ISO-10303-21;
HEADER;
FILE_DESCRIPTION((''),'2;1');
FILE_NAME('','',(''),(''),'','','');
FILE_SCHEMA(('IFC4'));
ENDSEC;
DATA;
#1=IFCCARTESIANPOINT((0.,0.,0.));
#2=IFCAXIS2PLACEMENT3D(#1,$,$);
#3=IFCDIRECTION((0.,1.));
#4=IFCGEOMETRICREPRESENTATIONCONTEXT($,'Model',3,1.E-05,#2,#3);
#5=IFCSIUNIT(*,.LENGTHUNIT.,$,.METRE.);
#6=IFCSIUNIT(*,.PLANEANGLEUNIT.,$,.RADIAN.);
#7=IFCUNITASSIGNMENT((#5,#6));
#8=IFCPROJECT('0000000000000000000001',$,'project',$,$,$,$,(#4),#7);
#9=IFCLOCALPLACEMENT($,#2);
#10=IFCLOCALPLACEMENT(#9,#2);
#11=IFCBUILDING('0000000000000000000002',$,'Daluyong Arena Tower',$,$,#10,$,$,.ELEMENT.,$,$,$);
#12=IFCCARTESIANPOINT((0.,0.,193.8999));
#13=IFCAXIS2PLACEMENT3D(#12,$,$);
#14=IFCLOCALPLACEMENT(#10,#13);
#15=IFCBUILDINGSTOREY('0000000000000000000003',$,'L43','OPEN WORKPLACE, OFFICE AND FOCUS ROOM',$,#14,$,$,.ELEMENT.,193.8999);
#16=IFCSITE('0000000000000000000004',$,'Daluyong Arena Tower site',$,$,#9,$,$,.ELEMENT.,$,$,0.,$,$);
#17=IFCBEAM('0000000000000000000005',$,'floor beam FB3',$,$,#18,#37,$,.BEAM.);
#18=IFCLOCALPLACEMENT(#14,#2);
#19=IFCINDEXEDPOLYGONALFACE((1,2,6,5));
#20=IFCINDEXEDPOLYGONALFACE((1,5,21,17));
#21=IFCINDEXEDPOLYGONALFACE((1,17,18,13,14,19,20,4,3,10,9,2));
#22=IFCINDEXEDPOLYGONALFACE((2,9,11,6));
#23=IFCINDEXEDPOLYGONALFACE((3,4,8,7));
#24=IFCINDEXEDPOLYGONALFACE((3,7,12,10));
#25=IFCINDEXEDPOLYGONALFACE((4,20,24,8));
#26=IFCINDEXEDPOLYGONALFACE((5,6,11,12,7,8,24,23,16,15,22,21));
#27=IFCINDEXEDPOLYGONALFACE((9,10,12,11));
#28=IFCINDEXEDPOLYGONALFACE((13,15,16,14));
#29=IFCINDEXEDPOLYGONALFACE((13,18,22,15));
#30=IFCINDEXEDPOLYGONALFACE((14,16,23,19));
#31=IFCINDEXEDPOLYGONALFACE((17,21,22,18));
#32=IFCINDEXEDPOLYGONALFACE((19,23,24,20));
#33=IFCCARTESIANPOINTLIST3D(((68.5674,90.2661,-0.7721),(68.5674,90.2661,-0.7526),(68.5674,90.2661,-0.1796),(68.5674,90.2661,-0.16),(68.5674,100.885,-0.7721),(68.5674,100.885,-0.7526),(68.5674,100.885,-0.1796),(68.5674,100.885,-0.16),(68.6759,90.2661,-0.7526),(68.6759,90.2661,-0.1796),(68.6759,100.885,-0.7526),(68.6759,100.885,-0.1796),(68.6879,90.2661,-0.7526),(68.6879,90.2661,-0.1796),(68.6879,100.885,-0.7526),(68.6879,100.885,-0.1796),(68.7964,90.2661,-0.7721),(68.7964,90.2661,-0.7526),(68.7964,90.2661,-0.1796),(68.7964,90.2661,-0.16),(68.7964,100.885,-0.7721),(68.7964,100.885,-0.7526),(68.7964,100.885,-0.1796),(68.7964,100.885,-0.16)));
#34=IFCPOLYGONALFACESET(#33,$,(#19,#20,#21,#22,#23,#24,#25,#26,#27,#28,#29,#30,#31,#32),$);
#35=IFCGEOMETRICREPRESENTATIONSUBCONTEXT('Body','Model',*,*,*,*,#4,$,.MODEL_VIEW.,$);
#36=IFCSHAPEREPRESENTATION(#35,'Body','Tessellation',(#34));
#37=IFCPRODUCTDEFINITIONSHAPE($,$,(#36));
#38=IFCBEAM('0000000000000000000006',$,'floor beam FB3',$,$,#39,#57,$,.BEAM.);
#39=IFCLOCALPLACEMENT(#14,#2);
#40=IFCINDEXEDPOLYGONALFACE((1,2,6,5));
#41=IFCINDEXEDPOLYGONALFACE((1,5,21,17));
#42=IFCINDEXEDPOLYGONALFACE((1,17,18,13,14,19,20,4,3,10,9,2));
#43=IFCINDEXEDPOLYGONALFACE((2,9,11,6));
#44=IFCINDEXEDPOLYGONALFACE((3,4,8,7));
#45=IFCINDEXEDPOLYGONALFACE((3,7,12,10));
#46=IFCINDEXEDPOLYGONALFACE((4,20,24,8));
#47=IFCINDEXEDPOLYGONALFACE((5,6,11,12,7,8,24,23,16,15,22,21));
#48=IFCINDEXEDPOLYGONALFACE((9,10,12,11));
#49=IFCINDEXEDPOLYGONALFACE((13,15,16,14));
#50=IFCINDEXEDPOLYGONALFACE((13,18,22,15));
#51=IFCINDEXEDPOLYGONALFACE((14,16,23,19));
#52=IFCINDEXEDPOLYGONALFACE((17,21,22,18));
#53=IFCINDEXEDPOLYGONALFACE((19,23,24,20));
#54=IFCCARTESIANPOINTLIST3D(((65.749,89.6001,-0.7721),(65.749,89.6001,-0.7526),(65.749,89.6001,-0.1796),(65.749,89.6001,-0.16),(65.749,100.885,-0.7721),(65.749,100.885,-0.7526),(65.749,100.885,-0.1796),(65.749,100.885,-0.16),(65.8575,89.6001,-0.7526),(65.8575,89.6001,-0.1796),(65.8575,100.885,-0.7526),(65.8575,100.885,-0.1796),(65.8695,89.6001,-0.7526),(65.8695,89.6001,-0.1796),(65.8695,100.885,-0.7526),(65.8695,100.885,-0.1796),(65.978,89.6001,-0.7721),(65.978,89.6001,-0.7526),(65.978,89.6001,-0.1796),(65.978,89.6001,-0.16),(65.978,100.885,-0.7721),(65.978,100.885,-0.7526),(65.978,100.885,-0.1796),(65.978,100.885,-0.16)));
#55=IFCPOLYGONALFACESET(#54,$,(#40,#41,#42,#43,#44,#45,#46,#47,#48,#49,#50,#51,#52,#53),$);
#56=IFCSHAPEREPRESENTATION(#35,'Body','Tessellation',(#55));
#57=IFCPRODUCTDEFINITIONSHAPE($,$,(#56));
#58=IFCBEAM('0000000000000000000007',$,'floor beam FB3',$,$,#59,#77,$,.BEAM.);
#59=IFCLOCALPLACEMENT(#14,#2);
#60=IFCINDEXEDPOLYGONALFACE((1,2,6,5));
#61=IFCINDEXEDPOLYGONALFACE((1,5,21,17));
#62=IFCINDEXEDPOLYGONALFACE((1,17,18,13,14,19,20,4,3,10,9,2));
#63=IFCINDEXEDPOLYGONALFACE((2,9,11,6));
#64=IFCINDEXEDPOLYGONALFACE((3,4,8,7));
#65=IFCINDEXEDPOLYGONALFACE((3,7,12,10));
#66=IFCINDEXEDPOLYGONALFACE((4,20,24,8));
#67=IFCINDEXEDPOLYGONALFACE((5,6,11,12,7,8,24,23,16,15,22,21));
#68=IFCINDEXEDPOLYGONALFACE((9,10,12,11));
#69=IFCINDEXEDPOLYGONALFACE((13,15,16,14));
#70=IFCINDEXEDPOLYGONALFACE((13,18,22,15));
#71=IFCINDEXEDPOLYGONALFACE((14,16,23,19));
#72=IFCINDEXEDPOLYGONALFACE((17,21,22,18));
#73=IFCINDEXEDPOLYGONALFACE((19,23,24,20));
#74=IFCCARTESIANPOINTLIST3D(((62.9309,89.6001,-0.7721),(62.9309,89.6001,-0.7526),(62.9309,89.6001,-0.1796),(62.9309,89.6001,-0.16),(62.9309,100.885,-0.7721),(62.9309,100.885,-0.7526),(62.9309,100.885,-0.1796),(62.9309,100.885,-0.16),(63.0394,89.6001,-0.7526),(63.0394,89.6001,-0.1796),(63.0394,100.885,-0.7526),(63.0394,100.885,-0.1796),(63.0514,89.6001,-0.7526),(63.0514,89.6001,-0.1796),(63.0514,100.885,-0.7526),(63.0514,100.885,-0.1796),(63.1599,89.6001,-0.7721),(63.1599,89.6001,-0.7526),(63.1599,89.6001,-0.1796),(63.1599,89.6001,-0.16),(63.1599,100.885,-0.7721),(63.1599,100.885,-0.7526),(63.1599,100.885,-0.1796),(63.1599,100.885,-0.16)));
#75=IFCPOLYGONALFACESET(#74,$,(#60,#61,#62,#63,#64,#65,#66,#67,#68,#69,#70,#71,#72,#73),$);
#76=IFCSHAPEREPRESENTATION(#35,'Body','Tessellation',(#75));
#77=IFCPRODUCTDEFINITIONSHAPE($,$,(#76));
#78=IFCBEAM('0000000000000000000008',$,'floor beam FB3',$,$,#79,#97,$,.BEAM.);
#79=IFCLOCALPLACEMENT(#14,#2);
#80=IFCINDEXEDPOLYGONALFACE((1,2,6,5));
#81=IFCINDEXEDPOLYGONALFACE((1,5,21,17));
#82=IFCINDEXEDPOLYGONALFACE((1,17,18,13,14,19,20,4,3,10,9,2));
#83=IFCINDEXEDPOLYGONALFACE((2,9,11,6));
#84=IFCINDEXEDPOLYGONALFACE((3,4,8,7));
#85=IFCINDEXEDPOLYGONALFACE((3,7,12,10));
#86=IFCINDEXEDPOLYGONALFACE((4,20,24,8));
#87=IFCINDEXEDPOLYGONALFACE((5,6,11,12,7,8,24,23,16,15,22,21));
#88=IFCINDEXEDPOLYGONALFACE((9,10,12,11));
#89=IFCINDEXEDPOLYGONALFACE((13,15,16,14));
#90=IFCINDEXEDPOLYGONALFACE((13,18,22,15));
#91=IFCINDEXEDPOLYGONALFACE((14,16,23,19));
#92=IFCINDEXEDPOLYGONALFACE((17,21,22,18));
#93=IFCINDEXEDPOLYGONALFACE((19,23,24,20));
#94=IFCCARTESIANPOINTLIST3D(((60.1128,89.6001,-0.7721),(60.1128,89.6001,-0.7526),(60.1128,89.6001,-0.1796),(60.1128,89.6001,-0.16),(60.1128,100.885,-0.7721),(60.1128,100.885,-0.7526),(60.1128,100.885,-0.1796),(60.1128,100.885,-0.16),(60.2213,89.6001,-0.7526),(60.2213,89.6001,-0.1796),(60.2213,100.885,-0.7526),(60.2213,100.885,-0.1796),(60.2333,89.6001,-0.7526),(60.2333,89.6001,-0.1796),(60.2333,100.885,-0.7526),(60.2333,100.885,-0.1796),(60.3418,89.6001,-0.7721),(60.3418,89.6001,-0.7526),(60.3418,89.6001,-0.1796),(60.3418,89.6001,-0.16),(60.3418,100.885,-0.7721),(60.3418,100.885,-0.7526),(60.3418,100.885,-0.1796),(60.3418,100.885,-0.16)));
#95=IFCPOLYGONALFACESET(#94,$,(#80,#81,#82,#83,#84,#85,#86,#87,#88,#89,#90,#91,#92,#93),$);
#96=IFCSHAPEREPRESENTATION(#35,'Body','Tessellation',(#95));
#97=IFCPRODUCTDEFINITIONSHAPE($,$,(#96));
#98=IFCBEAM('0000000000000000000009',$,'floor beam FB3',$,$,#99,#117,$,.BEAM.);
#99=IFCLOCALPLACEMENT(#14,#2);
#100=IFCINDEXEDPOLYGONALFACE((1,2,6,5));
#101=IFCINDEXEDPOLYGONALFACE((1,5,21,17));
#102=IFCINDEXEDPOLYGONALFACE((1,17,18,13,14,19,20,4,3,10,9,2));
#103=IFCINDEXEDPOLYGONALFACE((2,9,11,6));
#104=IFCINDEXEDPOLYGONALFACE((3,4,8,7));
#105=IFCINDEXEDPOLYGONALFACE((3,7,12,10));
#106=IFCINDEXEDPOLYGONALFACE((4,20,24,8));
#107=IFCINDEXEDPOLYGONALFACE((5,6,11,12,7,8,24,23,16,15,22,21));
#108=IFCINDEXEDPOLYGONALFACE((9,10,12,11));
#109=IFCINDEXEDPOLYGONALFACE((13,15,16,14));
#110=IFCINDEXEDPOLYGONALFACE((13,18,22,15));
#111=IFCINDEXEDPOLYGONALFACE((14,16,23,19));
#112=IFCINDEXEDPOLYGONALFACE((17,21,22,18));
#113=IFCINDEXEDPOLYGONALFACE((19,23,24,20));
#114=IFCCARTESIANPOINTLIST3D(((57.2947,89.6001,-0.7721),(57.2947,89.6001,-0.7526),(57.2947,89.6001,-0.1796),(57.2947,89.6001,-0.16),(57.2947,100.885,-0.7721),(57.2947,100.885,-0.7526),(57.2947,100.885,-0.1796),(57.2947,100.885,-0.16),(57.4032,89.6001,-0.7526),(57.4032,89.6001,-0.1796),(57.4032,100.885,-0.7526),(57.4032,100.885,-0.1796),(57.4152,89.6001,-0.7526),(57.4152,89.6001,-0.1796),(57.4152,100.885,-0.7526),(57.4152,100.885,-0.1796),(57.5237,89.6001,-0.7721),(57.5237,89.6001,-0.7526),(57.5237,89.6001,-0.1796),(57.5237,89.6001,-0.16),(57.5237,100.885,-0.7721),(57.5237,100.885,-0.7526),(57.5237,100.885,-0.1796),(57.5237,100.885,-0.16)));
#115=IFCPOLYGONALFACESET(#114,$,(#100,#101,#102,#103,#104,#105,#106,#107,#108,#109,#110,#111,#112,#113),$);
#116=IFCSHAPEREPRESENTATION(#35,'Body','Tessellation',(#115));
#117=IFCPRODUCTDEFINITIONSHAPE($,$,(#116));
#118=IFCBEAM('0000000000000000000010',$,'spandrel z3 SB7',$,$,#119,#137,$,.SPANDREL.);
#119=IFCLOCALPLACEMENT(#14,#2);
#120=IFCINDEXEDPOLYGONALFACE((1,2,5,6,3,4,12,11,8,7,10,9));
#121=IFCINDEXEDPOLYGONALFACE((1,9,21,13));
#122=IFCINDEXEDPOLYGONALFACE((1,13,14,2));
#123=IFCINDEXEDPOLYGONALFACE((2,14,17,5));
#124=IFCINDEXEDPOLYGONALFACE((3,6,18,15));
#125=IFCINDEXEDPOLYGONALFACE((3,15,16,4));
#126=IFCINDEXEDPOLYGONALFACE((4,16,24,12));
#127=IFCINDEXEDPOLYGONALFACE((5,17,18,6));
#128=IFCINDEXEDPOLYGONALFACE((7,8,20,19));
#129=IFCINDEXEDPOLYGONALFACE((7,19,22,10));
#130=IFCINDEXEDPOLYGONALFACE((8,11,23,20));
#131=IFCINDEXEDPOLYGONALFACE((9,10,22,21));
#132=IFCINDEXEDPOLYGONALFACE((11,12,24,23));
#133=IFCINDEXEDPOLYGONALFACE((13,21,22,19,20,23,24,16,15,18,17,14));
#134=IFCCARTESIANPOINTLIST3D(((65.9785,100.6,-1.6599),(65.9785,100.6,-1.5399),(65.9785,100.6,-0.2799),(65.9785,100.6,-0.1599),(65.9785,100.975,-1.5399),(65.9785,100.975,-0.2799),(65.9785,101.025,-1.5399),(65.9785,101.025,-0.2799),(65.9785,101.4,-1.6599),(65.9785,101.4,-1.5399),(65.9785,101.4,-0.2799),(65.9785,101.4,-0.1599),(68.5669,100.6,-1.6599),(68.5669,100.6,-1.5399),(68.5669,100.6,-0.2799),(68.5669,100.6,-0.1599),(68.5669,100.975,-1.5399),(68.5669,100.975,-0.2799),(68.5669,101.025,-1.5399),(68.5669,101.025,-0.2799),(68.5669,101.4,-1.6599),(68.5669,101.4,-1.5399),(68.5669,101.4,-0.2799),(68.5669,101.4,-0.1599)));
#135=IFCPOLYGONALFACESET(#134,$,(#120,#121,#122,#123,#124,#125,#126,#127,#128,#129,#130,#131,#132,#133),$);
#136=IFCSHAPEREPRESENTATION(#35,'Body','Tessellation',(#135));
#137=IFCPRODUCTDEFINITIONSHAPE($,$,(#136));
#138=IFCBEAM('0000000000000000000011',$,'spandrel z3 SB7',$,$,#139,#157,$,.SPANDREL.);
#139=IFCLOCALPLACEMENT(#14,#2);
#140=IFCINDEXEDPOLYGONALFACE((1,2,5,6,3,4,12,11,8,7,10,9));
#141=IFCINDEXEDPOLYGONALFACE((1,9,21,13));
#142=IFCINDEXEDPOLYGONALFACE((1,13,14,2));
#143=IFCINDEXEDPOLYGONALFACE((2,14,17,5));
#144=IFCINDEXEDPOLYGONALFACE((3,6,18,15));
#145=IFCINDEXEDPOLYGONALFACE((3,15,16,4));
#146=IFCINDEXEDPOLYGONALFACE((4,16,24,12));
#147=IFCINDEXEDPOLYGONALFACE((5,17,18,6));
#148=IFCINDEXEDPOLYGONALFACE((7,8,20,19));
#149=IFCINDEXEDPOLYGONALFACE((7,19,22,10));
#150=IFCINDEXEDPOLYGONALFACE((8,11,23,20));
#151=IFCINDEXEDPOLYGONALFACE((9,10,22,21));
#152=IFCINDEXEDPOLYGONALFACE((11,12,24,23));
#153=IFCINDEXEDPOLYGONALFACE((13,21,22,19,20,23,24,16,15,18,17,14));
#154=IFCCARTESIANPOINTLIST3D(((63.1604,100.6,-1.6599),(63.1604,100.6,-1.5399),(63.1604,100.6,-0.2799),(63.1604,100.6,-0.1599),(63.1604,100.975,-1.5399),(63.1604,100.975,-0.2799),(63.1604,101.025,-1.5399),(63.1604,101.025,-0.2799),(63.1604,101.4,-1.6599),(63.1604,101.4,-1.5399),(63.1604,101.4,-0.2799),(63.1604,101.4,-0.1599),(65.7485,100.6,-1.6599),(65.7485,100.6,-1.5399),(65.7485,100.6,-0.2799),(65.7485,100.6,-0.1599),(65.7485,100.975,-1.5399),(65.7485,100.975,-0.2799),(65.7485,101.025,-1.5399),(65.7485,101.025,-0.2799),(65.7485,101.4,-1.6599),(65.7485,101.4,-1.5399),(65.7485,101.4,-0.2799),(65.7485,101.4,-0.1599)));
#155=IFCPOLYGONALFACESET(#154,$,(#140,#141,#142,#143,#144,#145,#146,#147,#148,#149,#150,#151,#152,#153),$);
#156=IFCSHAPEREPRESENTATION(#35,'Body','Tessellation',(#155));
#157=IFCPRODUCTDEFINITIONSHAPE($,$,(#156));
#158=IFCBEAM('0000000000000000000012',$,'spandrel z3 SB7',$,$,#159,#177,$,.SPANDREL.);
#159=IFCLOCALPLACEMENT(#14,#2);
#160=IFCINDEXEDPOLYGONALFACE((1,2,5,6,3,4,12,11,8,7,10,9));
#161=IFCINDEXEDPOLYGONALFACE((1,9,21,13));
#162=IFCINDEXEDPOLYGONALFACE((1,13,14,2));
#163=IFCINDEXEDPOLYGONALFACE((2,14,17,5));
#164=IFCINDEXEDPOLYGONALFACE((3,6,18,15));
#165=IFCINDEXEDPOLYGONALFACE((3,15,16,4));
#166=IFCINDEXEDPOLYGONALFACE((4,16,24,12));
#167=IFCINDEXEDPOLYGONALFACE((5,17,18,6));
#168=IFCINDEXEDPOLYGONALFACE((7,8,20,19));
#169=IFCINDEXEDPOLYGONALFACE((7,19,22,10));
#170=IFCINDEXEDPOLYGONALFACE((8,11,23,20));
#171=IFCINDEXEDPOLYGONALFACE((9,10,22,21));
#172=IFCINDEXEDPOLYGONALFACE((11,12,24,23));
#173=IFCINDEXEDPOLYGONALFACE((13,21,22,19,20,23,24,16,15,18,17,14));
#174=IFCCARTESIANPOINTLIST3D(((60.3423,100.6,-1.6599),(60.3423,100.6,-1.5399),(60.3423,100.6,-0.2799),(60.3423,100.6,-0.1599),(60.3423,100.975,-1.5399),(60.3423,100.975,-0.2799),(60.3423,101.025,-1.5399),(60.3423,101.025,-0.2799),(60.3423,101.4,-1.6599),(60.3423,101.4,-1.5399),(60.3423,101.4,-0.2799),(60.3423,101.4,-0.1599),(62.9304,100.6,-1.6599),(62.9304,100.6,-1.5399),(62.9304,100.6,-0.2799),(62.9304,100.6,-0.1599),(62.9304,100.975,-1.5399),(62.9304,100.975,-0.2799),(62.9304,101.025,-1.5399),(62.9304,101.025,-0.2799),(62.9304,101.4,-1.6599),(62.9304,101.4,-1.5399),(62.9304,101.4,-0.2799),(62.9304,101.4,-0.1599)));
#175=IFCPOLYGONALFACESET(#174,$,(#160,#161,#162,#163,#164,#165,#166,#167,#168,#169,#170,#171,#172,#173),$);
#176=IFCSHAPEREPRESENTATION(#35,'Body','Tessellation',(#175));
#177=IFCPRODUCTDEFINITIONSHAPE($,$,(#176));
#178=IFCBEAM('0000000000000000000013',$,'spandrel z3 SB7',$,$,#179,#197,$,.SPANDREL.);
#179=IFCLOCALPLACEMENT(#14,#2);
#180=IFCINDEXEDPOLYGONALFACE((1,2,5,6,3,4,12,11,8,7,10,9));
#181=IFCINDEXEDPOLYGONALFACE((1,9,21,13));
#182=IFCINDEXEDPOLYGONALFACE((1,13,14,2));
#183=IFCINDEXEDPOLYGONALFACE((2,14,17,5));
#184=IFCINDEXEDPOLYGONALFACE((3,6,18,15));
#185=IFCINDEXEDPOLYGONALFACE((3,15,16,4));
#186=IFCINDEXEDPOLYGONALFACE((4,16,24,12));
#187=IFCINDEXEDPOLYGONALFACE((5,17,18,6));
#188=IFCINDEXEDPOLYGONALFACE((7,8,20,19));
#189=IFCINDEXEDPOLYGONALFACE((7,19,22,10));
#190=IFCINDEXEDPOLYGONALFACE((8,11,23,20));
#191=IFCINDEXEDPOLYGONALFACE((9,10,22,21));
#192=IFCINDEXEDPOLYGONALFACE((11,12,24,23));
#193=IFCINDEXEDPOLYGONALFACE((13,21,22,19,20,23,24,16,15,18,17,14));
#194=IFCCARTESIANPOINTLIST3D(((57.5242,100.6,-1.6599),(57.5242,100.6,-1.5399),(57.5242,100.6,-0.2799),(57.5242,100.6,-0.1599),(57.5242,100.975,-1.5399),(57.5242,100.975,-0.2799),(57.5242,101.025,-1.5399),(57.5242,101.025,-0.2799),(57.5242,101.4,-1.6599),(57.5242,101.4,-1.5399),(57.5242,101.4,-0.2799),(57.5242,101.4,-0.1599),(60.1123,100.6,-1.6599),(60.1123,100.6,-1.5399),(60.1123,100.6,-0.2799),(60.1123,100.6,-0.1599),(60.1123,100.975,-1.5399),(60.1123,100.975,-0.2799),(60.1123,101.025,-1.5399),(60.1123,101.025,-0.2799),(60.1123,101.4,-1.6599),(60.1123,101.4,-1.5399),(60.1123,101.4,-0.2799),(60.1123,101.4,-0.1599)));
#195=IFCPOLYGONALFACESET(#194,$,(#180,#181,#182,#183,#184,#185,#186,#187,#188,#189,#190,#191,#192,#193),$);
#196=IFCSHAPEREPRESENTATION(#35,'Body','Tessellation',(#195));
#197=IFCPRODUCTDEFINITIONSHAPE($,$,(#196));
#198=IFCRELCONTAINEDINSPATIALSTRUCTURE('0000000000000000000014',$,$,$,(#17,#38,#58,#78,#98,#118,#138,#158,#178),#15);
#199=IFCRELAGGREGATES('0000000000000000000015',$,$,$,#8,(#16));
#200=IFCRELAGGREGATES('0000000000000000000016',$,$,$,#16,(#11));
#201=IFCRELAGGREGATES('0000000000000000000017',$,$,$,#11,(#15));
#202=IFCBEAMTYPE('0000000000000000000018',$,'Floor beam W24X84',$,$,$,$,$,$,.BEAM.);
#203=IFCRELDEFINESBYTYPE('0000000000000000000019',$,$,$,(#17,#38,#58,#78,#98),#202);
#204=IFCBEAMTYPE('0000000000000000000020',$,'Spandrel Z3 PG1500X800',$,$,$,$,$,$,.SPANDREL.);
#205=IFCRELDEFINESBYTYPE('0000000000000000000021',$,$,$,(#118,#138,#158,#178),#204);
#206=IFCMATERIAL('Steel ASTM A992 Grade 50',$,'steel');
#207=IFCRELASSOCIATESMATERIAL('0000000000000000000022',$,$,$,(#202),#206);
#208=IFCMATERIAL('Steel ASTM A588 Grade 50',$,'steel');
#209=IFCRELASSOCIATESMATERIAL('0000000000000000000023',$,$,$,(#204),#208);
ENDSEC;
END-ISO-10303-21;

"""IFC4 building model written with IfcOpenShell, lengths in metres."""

from ifc_helpers import new_model, si_unit, direction, frame, origin, origin_2d, place, context, subcontext, project, spatial, i_section, extrude, material, material_profile, profile_set, type_object, element, save


model = new_model("IFC4")

# Units and contexts
model_context = context("Model", 3, precision=1e-05, world=origin(), true_north=direction((0.0, 1.0)))
body_context = subcontext(model_context, "Body", "Model", "MODEL_VIEW")
ifc_project = project(units=[si_unit("LENGTHUNIT", "METRE"), si_unit("PLANEANGLEUNIT", "RADIAN")], contexts=[model_context])

# Site, building, storey
site_placement = place(None, origin())
site = spatial("IfcSite", under=ifc_project, at=site_placement, Name="Daluyong Arena Tower site", CompositionType="ELEMENT", RefElevation=0.0)
building_placement = place(site_placement, origin())
building = spatial("IfcBuilding", under=site, at=building_placement, Name="Daluyong Arena Tower", CompositionType="ELEMENT")
storey_placement = place(building_placement, frame((0.0, 0.0, 193.8999)))
storey = spatial("IfcBuildingStorey", under=building, at=storey_placement, Name="L43", Description="OPEN WORKPLACE, OFFICE AND FOCUS ROOM", CompositionType="ELEMENT", Elevation=193.8999)

# Beams
ifc_material_1 = material(Name="Steel ASTM A992 Grade 50", Category="steel")
ifc_material_profile_1 = material_profile(ifc_material_1, i_section(OverallWidth=0.229, OverallDepth=0.6121, WebThickness=0.012, FlangeThickness=0.0195, at=origin_2d()))
ifc_profile_set_1 = profile_set([ifc_material_profile_1], Name="Steel ASTM A992 Grade 50")
beam_type_1 = type_object("IfcBeamType", Name="Floor beam W24X84", PredefinedType="BEAM", material=ifc_profile_set_1)
beam_1_placement = place(storey_placement, frame((68.6819, 100.885, -0.4661), z_axis=(0.0, -1.0, 0.0), x_axis=(1.0, 0.0, 0.0)))
element("IfcBeam", 1, at=beam_1_placement, inside=storey, type_object=beam_type_1, Name="floor beam FB3", PredefinedType="BEAM", context=body_context, shape_type="SweptSolid", body=[
    extrude(i_section(OverallWidth=0.229, OverallDepth=0.6121, WebThickness=0.012, FlangeThickness=0.0195, at=origin_2d()), origin(), (0.0, 0.0, 1.0), 10.6189),
])
for number, where, z_axis, x_axis, name in (
    (2, (65.8635, 100.885, -0.4661), (0.0, -1.0, 0.0), (1.0, 0.0, 0.0), "floor beam FB3"),
    (3, (63.0454, 100.885, -0.4661), (0.0, -1.0, 0.0), (1.0, 0.0, 0.0), "floor beam FB3"),
    (4, (60.2273, 100.885, -0.4661), (0.0, -1.0, 0.0), (1.0, 0.0, 0.0), "floor beam FB3"),
    (5, (57.4092, 100.885, -0.4661), (0.0, -1.0, 0.0), (1.0, 0.0, 0.0), "floor beam FB3"),
):
    element("IfcBeam", number, at=place(storey_placement, frame(where, z_axis=z_axis, x_axis=x_axis)), inside=storey, type_object=beam_type_1, Name=name, PredefinedType="BEAM", context=body_context, shape_type="SweptSolid", body=[
        extrude(i_section(OverallWidth=0.229, OverallDepth=0.6121, WebThickness=0.012, FlangeThickness=0.0195, at=origin_2d()), origin(), (0.0, 0.0, 1.0), 11.2849),
    ])
ifc_material_2 = material(Name="Steel ASTM A588 Grade 50", Category="steel")
ifc_material_profile_2 = material_profile(ifc_material_2, i_section(OverallWidth=0.8, OverallDepth=1.5, WebThickness=0.05, FlangeThickness=0.12, at=origin_2d()))
ifc_profile_set_2 = profile_set([ifc_material_profile_2], Name="Steel ASTM A588 Grade 50")
beam_type_2 = type_object("IfcBeamType", Name="Spandrel Z3 PG1500X800", PredefinedType="SPANDREL", material=ifc_profile_set_2)
beam_2_placement = place(storey_placement, frame((68.5669, 101.0, -0.9099), z_axis=(-1.0, 0.0, 0.0), x_axis=(0.0, -1.0, 0.0)))
element("IfcBeam", 6, at=beam_2_placement, inside=storey, type_object=beam_type_2, Name="spandrel z3 SB7", PredefinedType="SPANDREL", context=body_context, shape_type="SweptSolid", body=[
    extrude(i_section(OverallWidth=0.8, OverallDepth=1.5, WebThickness=0.05, FlangeThickness=0.12, at=origin_2d()), origin(), (0.0, 0.0, 1.0), 2.5884),
])
for number, where, z_axis, x_axis, name in (
    (7, (65.7485, 101.0, -0.9099), (-1.0, 0.0, 0.0), (0.0, -1.0, 0.0), "spandrel z3 SB7"),
    (8, (62.9304, 101.0, -0.9099), (-1.0, 0.0, 0.0), (0.0, -1.0, 0.0), "spandrel z3 SB7"),
    (9, (60.1123, 101.0, -0.9099), (-1.0, 0.0, 0.0), (0.0, -1.0, 0.0), "spandrel z3 SB7"),
):
    element("IfcBeam", number, at=place(storey_placement, frame(where, z_axis=z_axis, x_axis=x_axis)), inside=storey, type_object=beam_type_2, Name=name, PredefinedType="SPANDREL", context=body_context, shape_type="SweptSolid", body=[
        extrude(i_section(OverallWidth=0.8, OverallDepth=1.5, WebThickness=0.05, FlangeThickness=0.12, at=origin_2d()), origin(), (0.0, 0.0, 1.0), 2.5881),
    ])

save(model, "model.ifc")
